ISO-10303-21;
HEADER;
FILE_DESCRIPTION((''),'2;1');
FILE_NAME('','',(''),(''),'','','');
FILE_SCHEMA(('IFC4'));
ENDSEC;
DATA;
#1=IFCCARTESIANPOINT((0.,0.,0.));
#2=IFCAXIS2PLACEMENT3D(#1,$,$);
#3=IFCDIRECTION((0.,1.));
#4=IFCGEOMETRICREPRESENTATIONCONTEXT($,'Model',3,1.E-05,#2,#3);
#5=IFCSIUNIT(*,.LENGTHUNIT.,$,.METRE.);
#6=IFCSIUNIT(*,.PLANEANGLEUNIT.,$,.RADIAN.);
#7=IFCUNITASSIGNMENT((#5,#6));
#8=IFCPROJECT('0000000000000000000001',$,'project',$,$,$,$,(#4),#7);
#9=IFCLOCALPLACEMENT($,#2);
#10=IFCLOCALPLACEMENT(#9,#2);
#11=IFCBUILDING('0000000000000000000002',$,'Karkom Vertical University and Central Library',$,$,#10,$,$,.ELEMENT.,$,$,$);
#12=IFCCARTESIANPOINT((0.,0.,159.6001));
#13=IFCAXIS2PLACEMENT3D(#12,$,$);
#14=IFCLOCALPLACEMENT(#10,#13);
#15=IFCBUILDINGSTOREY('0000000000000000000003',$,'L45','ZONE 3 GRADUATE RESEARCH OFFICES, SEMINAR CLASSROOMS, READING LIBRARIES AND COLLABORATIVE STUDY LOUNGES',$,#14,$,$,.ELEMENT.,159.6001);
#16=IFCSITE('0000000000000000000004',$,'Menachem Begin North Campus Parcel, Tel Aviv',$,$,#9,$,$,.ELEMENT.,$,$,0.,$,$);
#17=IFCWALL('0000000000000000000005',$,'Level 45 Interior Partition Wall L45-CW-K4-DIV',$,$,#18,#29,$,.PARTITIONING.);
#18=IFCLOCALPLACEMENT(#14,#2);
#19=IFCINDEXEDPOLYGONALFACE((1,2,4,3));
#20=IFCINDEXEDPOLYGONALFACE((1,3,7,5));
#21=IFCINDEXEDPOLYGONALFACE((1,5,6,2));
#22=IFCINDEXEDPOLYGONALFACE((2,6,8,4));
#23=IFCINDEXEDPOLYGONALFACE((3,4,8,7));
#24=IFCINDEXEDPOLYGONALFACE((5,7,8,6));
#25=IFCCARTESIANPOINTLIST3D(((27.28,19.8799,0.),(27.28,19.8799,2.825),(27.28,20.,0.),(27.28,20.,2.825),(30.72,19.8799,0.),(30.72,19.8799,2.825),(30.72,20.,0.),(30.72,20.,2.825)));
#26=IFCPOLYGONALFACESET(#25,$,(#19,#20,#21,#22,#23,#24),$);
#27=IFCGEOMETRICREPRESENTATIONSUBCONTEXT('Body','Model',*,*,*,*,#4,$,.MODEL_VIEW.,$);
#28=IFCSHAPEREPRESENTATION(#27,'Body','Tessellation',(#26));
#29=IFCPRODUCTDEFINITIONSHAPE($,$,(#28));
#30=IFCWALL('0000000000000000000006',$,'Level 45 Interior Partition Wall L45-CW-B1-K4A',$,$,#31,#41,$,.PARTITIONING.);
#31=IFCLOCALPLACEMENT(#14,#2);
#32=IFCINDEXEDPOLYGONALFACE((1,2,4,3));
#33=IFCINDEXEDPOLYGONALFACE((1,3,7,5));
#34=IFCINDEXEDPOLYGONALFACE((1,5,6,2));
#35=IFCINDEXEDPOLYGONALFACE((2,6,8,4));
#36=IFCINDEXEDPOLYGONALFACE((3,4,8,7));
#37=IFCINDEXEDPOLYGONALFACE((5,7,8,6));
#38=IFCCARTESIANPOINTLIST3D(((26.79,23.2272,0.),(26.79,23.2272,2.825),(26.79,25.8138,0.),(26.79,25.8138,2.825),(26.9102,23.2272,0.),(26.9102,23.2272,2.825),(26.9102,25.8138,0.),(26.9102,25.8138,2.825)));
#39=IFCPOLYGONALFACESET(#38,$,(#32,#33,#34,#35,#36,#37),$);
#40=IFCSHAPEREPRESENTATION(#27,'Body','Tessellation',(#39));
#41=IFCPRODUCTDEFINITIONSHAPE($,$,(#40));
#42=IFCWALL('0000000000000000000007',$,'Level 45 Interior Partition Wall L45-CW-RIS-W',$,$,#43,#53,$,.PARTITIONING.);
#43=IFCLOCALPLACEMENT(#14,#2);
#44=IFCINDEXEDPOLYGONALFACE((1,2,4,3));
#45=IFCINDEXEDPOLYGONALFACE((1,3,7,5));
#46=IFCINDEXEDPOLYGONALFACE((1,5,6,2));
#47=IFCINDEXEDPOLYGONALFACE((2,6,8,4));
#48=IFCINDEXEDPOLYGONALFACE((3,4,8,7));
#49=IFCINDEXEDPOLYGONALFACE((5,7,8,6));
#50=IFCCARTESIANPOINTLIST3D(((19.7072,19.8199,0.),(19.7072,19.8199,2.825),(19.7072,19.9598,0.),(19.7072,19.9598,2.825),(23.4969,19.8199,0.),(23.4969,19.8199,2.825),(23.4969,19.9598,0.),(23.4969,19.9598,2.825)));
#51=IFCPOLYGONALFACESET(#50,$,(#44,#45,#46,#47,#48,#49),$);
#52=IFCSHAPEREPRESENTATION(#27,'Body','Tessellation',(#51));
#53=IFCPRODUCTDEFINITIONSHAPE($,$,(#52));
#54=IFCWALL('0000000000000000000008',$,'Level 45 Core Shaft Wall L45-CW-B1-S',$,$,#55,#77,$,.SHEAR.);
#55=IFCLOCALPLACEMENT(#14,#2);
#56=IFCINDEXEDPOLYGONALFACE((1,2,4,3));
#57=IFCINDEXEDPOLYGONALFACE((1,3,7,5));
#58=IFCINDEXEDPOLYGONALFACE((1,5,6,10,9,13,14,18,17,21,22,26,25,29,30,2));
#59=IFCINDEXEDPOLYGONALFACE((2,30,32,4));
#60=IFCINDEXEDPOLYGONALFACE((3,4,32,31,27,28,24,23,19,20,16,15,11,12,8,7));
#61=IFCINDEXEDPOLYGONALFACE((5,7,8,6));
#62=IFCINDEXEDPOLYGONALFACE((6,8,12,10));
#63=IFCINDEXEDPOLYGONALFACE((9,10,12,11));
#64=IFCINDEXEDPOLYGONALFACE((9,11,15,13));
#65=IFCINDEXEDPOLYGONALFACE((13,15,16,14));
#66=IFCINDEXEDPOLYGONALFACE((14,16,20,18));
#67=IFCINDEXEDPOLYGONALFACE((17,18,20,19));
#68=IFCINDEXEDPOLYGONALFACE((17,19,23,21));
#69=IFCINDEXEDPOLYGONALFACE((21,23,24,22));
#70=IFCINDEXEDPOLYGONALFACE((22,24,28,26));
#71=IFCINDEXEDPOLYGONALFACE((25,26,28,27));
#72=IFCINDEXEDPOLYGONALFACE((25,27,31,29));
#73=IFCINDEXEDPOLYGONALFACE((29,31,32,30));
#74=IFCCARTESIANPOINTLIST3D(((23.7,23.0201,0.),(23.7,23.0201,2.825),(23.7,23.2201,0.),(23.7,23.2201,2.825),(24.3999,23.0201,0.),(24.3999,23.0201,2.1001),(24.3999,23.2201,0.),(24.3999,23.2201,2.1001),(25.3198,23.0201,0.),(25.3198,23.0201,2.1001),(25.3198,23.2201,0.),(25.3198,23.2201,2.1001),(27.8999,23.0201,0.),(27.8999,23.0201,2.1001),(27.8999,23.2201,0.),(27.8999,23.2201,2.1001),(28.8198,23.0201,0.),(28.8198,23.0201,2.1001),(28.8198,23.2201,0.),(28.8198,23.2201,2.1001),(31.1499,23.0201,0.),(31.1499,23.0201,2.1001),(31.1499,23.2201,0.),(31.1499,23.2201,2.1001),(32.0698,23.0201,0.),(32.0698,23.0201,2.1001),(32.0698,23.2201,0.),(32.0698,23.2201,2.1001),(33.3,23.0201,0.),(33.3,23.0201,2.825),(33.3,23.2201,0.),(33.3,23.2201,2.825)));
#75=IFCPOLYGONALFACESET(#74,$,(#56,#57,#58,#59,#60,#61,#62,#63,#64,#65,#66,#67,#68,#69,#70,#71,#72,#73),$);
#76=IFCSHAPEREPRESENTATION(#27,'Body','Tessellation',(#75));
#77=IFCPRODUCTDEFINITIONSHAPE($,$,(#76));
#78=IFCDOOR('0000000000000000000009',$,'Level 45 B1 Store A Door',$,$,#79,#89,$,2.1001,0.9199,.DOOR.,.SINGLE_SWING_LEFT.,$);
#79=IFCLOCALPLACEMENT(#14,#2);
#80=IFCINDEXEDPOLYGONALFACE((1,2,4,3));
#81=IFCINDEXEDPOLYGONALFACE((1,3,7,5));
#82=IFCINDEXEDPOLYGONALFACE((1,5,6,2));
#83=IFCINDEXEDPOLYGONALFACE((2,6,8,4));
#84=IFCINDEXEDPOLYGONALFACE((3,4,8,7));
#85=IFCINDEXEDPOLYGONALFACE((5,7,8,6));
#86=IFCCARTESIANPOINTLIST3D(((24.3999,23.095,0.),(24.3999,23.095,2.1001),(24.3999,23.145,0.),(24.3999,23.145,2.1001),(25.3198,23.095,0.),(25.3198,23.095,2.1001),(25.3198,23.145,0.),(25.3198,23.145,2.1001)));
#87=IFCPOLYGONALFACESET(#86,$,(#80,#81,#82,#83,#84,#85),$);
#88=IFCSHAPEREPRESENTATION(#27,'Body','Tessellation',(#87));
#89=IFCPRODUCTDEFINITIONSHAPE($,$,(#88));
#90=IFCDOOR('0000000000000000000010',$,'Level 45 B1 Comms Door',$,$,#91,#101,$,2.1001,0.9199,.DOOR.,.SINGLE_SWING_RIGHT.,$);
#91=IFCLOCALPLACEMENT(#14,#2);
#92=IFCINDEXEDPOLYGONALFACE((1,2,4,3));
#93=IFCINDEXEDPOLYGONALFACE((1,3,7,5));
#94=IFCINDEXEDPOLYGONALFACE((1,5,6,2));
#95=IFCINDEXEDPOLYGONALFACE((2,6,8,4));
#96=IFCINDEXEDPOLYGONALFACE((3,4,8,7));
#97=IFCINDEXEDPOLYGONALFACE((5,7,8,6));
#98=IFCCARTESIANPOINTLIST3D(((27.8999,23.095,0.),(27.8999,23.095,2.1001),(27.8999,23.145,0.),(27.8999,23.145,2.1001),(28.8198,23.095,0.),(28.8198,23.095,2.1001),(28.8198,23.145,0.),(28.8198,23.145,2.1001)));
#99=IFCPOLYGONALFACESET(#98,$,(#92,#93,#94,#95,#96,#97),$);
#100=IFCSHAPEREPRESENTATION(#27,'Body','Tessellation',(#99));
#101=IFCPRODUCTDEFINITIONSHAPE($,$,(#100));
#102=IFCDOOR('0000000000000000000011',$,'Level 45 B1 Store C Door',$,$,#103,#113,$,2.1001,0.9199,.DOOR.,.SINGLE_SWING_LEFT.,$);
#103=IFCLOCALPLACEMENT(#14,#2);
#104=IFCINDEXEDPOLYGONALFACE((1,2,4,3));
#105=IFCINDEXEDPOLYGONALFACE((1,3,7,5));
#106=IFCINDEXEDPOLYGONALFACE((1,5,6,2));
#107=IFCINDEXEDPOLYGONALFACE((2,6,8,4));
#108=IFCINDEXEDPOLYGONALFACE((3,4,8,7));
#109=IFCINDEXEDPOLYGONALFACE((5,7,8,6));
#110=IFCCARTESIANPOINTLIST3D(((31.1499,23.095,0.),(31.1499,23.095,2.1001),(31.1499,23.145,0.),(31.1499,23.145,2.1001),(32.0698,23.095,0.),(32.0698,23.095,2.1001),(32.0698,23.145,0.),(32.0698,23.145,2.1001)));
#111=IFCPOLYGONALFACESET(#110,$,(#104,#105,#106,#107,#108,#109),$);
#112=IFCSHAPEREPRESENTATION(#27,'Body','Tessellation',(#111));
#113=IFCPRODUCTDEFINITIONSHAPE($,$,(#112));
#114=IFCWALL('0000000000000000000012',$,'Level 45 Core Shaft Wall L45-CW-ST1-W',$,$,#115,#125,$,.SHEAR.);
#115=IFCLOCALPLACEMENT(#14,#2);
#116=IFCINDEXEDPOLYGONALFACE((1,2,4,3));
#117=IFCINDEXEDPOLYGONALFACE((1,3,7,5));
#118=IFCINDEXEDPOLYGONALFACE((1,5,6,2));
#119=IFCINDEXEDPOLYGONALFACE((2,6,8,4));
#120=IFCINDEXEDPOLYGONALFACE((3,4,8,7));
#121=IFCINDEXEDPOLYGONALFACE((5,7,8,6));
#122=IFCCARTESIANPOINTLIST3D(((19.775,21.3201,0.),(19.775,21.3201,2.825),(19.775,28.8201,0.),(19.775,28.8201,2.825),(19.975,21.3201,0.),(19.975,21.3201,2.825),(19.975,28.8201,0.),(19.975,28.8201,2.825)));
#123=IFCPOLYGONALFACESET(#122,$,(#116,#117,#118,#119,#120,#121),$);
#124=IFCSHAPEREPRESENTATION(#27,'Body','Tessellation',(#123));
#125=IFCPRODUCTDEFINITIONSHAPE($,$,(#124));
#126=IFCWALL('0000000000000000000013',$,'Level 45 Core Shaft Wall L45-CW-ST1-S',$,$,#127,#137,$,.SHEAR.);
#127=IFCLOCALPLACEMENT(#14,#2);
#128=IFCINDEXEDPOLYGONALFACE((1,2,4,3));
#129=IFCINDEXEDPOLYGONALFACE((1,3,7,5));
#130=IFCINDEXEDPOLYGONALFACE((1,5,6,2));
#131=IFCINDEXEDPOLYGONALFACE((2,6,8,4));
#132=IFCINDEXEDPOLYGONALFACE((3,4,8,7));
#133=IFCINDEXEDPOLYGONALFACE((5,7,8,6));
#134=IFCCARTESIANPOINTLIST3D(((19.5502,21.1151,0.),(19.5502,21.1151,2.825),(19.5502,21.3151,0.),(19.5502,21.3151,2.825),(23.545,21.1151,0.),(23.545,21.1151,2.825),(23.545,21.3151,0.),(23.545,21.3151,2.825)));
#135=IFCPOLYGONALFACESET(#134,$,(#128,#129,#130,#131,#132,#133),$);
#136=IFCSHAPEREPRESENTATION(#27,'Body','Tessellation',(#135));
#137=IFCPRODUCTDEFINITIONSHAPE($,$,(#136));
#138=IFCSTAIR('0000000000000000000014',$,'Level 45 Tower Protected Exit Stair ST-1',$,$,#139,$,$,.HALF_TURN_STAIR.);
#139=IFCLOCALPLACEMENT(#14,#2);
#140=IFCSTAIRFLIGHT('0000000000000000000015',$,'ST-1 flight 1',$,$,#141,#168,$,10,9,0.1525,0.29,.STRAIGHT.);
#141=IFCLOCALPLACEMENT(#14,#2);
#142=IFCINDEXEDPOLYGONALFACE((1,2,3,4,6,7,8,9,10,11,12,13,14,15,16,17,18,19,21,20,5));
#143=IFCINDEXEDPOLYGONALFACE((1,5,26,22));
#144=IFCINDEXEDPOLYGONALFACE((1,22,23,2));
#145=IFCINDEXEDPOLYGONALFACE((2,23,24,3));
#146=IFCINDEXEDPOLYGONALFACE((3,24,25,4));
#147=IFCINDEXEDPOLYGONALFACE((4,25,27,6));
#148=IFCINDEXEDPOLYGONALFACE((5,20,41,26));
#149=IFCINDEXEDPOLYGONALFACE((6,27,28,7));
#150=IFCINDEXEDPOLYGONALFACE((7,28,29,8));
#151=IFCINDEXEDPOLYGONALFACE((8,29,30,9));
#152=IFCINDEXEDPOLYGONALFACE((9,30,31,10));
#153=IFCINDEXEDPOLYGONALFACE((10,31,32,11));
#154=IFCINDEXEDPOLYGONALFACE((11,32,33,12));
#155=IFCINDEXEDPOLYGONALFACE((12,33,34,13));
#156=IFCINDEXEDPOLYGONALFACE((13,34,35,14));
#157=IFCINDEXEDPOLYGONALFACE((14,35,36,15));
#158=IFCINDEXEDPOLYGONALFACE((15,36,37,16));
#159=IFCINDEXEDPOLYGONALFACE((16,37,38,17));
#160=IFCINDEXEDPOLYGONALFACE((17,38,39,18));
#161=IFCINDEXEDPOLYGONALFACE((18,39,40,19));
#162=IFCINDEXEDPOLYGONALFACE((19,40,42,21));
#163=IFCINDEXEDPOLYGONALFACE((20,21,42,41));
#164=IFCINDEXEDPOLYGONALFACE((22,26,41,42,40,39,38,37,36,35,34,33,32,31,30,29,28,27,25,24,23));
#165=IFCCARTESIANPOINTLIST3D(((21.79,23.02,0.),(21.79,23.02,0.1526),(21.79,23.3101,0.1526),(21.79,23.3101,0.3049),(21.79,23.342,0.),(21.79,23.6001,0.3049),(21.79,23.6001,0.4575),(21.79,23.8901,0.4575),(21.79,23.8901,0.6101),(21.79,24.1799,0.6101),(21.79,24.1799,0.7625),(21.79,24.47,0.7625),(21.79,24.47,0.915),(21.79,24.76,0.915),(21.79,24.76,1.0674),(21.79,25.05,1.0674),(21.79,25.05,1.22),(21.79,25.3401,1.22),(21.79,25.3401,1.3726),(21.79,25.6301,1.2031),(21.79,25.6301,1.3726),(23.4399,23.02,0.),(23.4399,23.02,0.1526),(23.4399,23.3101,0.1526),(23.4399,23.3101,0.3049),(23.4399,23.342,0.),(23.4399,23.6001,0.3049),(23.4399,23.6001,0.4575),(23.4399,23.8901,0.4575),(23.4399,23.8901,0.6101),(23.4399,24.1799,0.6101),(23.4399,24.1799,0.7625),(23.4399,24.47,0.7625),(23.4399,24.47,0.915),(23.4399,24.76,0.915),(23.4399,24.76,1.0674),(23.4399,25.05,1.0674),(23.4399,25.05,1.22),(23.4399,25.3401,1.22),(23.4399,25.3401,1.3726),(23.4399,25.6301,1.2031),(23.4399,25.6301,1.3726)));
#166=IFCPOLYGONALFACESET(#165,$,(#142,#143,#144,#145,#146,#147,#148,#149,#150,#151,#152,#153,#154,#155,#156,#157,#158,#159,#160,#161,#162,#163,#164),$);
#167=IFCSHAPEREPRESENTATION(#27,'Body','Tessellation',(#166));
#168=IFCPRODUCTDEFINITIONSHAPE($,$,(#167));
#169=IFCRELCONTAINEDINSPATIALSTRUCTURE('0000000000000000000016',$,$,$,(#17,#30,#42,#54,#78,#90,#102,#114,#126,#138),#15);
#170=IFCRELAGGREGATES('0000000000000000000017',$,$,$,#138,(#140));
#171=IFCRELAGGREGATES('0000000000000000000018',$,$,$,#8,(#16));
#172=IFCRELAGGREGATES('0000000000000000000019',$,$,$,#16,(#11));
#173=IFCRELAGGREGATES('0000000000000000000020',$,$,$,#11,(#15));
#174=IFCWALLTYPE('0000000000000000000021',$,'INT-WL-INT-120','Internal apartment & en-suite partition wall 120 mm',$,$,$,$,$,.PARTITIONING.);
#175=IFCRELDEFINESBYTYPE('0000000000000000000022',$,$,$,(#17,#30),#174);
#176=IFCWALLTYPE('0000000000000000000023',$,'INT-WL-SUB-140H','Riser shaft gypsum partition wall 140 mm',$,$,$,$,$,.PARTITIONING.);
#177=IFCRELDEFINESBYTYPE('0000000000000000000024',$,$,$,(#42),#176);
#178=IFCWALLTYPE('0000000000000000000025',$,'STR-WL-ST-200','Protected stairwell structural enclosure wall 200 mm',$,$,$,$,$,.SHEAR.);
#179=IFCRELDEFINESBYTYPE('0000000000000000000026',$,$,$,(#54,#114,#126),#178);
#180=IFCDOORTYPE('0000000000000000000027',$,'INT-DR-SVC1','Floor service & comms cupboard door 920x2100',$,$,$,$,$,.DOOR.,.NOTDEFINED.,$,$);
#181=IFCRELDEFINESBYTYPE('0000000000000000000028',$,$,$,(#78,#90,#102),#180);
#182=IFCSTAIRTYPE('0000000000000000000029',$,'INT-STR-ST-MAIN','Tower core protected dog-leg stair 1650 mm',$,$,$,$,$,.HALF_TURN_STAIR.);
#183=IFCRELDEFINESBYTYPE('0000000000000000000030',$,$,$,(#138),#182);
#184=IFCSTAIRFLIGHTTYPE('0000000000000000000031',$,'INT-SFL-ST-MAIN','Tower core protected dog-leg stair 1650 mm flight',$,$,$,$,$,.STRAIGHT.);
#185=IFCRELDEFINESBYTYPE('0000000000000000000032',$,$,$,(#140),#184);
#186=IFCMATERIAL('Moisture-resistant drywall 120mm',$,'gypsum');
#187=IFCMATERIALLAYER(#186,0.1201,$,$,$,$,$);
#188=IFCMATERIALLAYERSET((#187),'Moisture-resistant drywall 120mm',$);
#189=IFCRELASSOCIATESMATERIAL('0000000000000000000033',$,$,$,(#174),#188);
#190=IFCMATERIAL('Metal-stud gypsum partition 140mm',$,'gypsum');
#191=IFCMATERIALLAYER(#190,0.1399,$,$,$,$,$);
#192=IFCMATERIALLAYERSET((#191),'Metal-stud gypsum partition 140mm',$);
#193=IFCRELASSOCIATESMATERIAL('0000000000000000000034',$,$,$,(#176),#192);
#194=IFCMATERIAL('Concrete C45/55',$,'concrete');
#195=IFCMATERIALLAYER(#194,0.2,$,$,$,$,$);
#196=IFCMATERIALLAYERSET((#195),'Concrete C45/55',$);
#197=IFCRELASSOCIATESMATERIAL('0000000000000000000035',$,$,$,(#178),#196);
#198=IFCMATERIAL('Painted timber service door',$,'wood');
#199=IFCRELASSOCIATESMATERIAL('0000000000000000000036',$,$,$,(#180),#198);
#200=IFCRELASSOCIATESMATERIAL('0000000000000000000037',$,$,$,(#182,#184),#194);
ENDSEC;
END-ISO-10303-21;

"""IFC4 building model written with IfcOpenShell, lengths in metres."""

from ifc_helpers import new_model, si_unit, direction, frame, frame_2d, origin, origin_with_axes, place, context, subcontext, project, spatial, polyline, rectangle, outline, extrude, source, transform, mapped, material, layer, layer_set, type_object, element, fill, aggregate, save


model = new_model("IFC4")

# Units and contexts
model_context = context("Model", 3, precision=1e-05, world=origin(), true_north=direction((0.0, 1.0)))
body_context = subcontext(model_context, "Body", "Model", "MODEL_VIEW")
ifc_project = project(units=[si_unit("LENGTHUNIT", "METRE"), si_unit("PLANEANGLEUNIT", "RADIAN")], contexts=[model_context])

# Site, building, storey
site_placement = place(None, origin())
site = spatial("IfcSite", under=ifc_project, at=site_placement, Name="Menachem Begin North Campus Parcel, Tel Aviv", CompositionType="ELEMENT", RefElevation=0.0)
building_placement = place(site_placement, origin())
building = spatial("IfcBuilding", under=site, at=building_placement, Name="Karkom Vertical University and Central Library", CompositionType="ELEMENT")
storey_placement = place(building_placement, frame((0.0, 0.0, 159.6001)))
storey = spatial("IfcBuildingStorey", under=building, at=storey_placement, Name="L45", Description="ZONE 3 GRADUATE RESEARCH OFFICES, SEMINAR CLASSROOMS, READING LIBRARIES AND COLLABORATIVE STUDY LOUNGES", CompositionType="ELEMENT", Elevation=159.6001)

# Walls
ifc_material_1 = material(Name="Moisture-resistant drywall 120mm", Category="gypsum")
ifc_layer_1 = layer(ifc_material_1, 0.1201)
ifc_layer_set_1 = layer_set([ifc_layer_1], Name="Moisture-resistant drywall 120mm")
wall_type_1 = type_object("IfcWallType", Name="INT-WL-INT-120", Description="Internal apartment & en-suite partition wall 120 mm", PredefinedType="PARTITIONING", material=ifc_layer_set_1)
wall_1_placement = place(storey_placement, frame((27.28, 19.9399, 0.0), z_axis=(0.0, 0.0, 1.0), x_axis=(1.0, 0.0, 0.0)))
element("IfcWall", 1, at=wall_1_placement, inside=storey, type_object=wall_type_1, Name="Level 45 Interior Partition Wall L45-CW-K4-DIV", PredefinedType="PARTITIONING", context=body_context, shape_type="SweptSolid", body=[
    extrude(rectangle(XDim=3.4399, YDim=0.1201, at=frame_2d((1.72, 0.0))), origin(), (0.0, 0.0, 1.0), 2.825),
])
wall_2_placement = place(storey_placement, frame((26.8501, 23.2271, 0.0), z_axis=(0.0, 0.0, 1.0), x_axis=(0.0, 1.0, 0.0)))
element("IfcWall", 2, at=wall_2_placement, inside=storey, type_object=wall_type_1, Name="Level 45 Interior Partition Wall L45-CW-B1-K4A", PredefinedType="PARTITIONING", context=body_context, shape_type="SweptSolid", body=[
    extrude(rectangle(XDim=2.5867, YDim=0.1201, at=frame_2d((1.2935, 0.0))), origin(), (0.0, 0.0, 1.0), 2.825),
])
ifc_material_2 = material(Name="Metal-stud gypsum partition 140mm", Category="gypsum")
ifc_layer_2 = layer(ifc_material_2, 0.1399)
ifc_layer_set_2 = layer_set([ifc_layer_2], Name="Metal-stud gypsum partition 140mm")
wall_type_2 = type_object("IfcWallType", Name="INT-WL-SUB-140H", Description="Riser shaft gypsum partition wall 140 mm", PredefinedType="PARTITIONING", material=ifc_layer_set_2)
wall_3_placement = place(storey_placement, frame((19.707, 19.8899, 0.0), z_axis=(0.0, 0.0, 1.0), x_axis=(1.0, 0.0, 0.0)))
element("IfcWall", 3, at=wall_3_placement, inside=storey, type_object=wall_type_2, Name="Level 45 Interior Partition Wall L45-CW-RIS-W", PredefinedType="PARTITIONING", context=body_context, shape_type="SweptSolid", body=[
    extrude(rectangle(XDim=3.7898, YDim=0.1399, at=frame_2d((1.895, 0.0))), origin(), (0.0, 0.0, 1.0), 2.825),
])

# Wall, openings, doors
ifc_material_3 = material(Name="Concrete C45/55", Category="concrete")
ifc_layer_3 = layer(ifc_material_3, 0.2)
ifc_layer_set_3 = layer_set([ifc_layer_3], Name="Concrete C45/55")
wall_type_3 = type_object("IfcWallType", Name="STR-WL-ST-200", Description="Protected stairwell structural enclosure wall 200 mm", PredefinedType="SHEAR", material=ifc_layer_set_3)
wall_4_placement = place(storey_placement, frame((23.7, 23.1201, 0.0), z_axis=(0.0, 0.0, 1.0), x_axis=(1.0, 0.0, 0.0)))
wall_4 = element("IfcWall", 4, at=wall_4_placement, inside=storey, type_object=wall_type_3, Name="Level 45 Core Shaft Wall L45-CW-B1-S", PredefinedType="SHEAR", context=body_context, shape_type="SweptSolid", body=[
    extrude(rectangle(XDim=9.6001, YDim=0.2, at=frame_2d((4.8, 0.0))), origin(), (0.0, 0.0, 1.0), 2.825),
])
opening_1_placement = place(wall_4_placement, frame((0.7, 0.0, 0.0)))
opening_1 = element("IfcOpeningElement", 5, at=opening_1_placement, cuts=wall_4, PredefinedType="OPENING", context=body_context, shape_type="SweptSolid", body=[
    extrude(rectangle(XDim=0.9199, YDim=2.1001, at=frame_2d((0.46, 1.05))), frame((0.0, 0.1099, 0.0), z_axis=(0.0, -1.0, 0.0), x_axis=(1.0, 0.0, 0.0)), (0.0, 0.0, 1.0), 0.22),
])
opening_2_placement = place(wall_4_placement, frame((4.2, 0.0, 0.0)))
opening_2 = element("IfcOpeningElement", 6, at=opening_2_placement, cuts=wall_4, PredefinedType="OPENING", context=body_context, shape_type="SweptSolid", body=[
    extrude(rectangle(XDim=0.9199, YDim=2.1001, at=frame_2d((0.46, 1.05))), frame((0.0, 0.1099, 0.0), z_axis=(0.0, -1.0, 0.0), x_axis=(1.0, 0.0, 0.0)), (0.0, 0.0, 1.0), 0.22),
])
opening_3_placement = place(wall_4_placement, frame((7.45, 0.0, 0.0)))
opening_3 = element("IfcOpeningElement", 7, at=opening_3_placement, cuts=wall_4, PredefinedType="OPENING", context=body_context, shape_type="SweptSolid", body=[
    extrude(rectangle(XDim=0.9199, YDim=2.1001, at=frame_2d((0.46, 1.05))), frame((0.0, 0.1099, 0.0), z_axis=(0.0, -1.0, 0.0), x_axis=(1.0, 0.0, 0.0)), (0.0, 0.0, 1.0), 0.22),
])
ifc_material_4 = material(Name="Painted timber service door", Category="wood")
door_type_1 = type_object("IfcDoorType", Name="INT-DR-SVC1", Description="Floor service & comms cupboard door 920x2100", OperationType="NOTDEFINED", PredefinedType="DOOR", material=ifc_material_4)
shared_shape_1 = source(origin_with_axes(), body_context, "Body", "SweptSolid", [
    extrude(rectangle(XDim=0.9199, YDim=2.1001, at=frame_2d((0.46, 1.05))), frame((0.0, 0.0249, 0.0), z_axis=(0.0, -1.0, 0.0), x_axis=(1.0, 0.0, 0.0)), (0.0, 0.0, 1.0), 0.05),
])
door_1_placement = place(opening_1_placement, origin())
door_1 = element("IfcDoor", 8, at=door_1_placement, inside=storey, type_object=door_type_1, Name="Level 45 B1 Store A Door", OperationType="SINGLE_SWING_LEFT", OverallHeight=2.1001, OverallWidth=0.9199, PredefinedType="DOOR", context=body_context, shape_type="MappedRepresentation", body=[
    mapped(shared_shape_1, transform((0.0, 0.0, 0.0), scale=1.0)),
])
fill(opening_1, door_1)
door_2_placement = place(opening_2_placement, origin())
door_2 = element("IfcDoor", 9, at=door_2_placement, inside=storey, type_object=door_type_1, Name="Level 45 B1 Comms Door", OperationType="SINGLE_SWING_RIGHT", OverallHeight=2.1001, OverallWidth=0.9199, PredefinedType="DOOR", context=body_context, shape_type="MappedRepresentation", body=[
    mapped(shared_shape_1, transform((0.0, 0.0, 0.0), scale=1.0)),
])
fill(opening_2, door_2)
door_3_placement = place(opening_3_placement, origin())
door_3 = element("IfcDoor", 10, at=door_3_placement, inside=storey, type_object=door_type_1, Name="Level 45 B1 Store C Door", OperationType="SINGLE_SWING_LEFT", OverallHeight=2.1001, OverallWidth=0.9199, PredefinedType="DOOR", context=body_context, shape_type="MappedRepresentation", body=[
    mapped(shared_shape_1, transform((0.0, 0.0, 0.0), scale=1.0)),
])
fill(opening_3, door_3)

# Walls
wall_5_placement = place(storey_placement, frame((19.875, 21.3201, 0.0), z_axis=(0.0, 0.0, 1.0), x_axis=(0.0, 1.0, 0.0)))
element("IfcWall", 11, at=wall_5_placement, inside=storey, type_object=wall_type_3, Name="Level 45 Core Shaft Wall L45-CW-ST1-W", PredefinedType="SHEAR", context=body_context, shape_type="SweptSolid", body=[
    extrude(rectangle(XDim=7.5, YDim=0.2, at=frame_2d((3.75, 0.0))), origin(), (0.0, 0.0, 1.0), 2.825),
])
wall_6_placement = place(storey_placement, frame((19.55, 21.2151, 0.0), z_axis=(0.0, 0.0, 1.0), x_axis=(1.0, 0.0, 0.0)))
element("IfcWall", 12, at=wall_6_placement, inside=storey, type_object=wall_type_3, Name="Level 45 Core Shaft Wall L45-CW-ST1-S", PredefinedType="SHEAR", context=body_context, shape_type="SweptSolid", body=[
    extrude(rectangle(XDim=3.9949, YDim=0.2, at=frame_2d((1.9976, 0.0))), origin(), (0.0, 0.0, 1.0), 2.825),
])

# Stair, stair flight
stair_type = type_object("IfcStairType", Name="INT-STR-ST-MAIN", Description="Tower core protected dog-leg stair 1650 mm", PredefinedType="HALF_TURN_STAIR", material=ifc_material_3)
stair_placement = place(storey_placement, origin())
stair = element("IfcStair", 13, at=stair_placement, inside=storey, type_object=stair_type, Name="Level 45 Tower Protected Exit Stair ST-1", PredefinedType="HALF_TURN_STAIR")
stair_flight_type = type_object("IfcStairFlightType", Name="INT-SFL-ST-MAIN", Description="Tower core protected dog-leg stair 1650 mm flight", PredefinedType="STRAIGHT", material=ifc_material_3)
stair_flight_placement = place(storey_placement, frame((22.615, 23.02, 0.0), z_axis=(0.0, 0.0, 1.0), x_axis=(0.0, 1.0, 0.0)))
stair_flight = element("IfcStairFlight", 14, at=stair_flight_placement, type_object=stair_flight_type, Name="ST-1 flight 1", NumberOfRisers=10, NumberOfTreads=9, PredefinedType="STRAIGHT", RiserHeight=0.1525, TreadLength=0.29, context=body_context, shape_type="SweptSolid", body=[
    extrude(outline(polyline([(0.0, 0.0), (0.0, 0.1526), (0.29, 0.1526), (0.29, 0.3049), (0.5801, 0.3049), (0.5801, 0.4575), (0.8701, 0.4575), (0.8701, 0.6101), (1.1599, 0.6101), (1.1599, 0.7625), (1.45, 0.7625), (1.45, 0.915), (1.74, 0.915), (1.74, 1.0674), (2.03, 1.0674), (2.03, 1.22), (2.3201, 1.22), (2.3201, 1.3726), (2.6101, 1.3726), (2.6101, 1.5249), (2.6101, 1.2031), (0.322, 0.0), (0.0, 0.0)])), frame((0.0, 0.825, 0.0), z_axis=(0.0, -1.0, 0.0), x_axis=(1.0, 0.0, 0.0)), (0.0, 0.0, 1.0), 1.6499),
])
aggregate(stair, [stair_flight])

save(model, "model.ifc")
